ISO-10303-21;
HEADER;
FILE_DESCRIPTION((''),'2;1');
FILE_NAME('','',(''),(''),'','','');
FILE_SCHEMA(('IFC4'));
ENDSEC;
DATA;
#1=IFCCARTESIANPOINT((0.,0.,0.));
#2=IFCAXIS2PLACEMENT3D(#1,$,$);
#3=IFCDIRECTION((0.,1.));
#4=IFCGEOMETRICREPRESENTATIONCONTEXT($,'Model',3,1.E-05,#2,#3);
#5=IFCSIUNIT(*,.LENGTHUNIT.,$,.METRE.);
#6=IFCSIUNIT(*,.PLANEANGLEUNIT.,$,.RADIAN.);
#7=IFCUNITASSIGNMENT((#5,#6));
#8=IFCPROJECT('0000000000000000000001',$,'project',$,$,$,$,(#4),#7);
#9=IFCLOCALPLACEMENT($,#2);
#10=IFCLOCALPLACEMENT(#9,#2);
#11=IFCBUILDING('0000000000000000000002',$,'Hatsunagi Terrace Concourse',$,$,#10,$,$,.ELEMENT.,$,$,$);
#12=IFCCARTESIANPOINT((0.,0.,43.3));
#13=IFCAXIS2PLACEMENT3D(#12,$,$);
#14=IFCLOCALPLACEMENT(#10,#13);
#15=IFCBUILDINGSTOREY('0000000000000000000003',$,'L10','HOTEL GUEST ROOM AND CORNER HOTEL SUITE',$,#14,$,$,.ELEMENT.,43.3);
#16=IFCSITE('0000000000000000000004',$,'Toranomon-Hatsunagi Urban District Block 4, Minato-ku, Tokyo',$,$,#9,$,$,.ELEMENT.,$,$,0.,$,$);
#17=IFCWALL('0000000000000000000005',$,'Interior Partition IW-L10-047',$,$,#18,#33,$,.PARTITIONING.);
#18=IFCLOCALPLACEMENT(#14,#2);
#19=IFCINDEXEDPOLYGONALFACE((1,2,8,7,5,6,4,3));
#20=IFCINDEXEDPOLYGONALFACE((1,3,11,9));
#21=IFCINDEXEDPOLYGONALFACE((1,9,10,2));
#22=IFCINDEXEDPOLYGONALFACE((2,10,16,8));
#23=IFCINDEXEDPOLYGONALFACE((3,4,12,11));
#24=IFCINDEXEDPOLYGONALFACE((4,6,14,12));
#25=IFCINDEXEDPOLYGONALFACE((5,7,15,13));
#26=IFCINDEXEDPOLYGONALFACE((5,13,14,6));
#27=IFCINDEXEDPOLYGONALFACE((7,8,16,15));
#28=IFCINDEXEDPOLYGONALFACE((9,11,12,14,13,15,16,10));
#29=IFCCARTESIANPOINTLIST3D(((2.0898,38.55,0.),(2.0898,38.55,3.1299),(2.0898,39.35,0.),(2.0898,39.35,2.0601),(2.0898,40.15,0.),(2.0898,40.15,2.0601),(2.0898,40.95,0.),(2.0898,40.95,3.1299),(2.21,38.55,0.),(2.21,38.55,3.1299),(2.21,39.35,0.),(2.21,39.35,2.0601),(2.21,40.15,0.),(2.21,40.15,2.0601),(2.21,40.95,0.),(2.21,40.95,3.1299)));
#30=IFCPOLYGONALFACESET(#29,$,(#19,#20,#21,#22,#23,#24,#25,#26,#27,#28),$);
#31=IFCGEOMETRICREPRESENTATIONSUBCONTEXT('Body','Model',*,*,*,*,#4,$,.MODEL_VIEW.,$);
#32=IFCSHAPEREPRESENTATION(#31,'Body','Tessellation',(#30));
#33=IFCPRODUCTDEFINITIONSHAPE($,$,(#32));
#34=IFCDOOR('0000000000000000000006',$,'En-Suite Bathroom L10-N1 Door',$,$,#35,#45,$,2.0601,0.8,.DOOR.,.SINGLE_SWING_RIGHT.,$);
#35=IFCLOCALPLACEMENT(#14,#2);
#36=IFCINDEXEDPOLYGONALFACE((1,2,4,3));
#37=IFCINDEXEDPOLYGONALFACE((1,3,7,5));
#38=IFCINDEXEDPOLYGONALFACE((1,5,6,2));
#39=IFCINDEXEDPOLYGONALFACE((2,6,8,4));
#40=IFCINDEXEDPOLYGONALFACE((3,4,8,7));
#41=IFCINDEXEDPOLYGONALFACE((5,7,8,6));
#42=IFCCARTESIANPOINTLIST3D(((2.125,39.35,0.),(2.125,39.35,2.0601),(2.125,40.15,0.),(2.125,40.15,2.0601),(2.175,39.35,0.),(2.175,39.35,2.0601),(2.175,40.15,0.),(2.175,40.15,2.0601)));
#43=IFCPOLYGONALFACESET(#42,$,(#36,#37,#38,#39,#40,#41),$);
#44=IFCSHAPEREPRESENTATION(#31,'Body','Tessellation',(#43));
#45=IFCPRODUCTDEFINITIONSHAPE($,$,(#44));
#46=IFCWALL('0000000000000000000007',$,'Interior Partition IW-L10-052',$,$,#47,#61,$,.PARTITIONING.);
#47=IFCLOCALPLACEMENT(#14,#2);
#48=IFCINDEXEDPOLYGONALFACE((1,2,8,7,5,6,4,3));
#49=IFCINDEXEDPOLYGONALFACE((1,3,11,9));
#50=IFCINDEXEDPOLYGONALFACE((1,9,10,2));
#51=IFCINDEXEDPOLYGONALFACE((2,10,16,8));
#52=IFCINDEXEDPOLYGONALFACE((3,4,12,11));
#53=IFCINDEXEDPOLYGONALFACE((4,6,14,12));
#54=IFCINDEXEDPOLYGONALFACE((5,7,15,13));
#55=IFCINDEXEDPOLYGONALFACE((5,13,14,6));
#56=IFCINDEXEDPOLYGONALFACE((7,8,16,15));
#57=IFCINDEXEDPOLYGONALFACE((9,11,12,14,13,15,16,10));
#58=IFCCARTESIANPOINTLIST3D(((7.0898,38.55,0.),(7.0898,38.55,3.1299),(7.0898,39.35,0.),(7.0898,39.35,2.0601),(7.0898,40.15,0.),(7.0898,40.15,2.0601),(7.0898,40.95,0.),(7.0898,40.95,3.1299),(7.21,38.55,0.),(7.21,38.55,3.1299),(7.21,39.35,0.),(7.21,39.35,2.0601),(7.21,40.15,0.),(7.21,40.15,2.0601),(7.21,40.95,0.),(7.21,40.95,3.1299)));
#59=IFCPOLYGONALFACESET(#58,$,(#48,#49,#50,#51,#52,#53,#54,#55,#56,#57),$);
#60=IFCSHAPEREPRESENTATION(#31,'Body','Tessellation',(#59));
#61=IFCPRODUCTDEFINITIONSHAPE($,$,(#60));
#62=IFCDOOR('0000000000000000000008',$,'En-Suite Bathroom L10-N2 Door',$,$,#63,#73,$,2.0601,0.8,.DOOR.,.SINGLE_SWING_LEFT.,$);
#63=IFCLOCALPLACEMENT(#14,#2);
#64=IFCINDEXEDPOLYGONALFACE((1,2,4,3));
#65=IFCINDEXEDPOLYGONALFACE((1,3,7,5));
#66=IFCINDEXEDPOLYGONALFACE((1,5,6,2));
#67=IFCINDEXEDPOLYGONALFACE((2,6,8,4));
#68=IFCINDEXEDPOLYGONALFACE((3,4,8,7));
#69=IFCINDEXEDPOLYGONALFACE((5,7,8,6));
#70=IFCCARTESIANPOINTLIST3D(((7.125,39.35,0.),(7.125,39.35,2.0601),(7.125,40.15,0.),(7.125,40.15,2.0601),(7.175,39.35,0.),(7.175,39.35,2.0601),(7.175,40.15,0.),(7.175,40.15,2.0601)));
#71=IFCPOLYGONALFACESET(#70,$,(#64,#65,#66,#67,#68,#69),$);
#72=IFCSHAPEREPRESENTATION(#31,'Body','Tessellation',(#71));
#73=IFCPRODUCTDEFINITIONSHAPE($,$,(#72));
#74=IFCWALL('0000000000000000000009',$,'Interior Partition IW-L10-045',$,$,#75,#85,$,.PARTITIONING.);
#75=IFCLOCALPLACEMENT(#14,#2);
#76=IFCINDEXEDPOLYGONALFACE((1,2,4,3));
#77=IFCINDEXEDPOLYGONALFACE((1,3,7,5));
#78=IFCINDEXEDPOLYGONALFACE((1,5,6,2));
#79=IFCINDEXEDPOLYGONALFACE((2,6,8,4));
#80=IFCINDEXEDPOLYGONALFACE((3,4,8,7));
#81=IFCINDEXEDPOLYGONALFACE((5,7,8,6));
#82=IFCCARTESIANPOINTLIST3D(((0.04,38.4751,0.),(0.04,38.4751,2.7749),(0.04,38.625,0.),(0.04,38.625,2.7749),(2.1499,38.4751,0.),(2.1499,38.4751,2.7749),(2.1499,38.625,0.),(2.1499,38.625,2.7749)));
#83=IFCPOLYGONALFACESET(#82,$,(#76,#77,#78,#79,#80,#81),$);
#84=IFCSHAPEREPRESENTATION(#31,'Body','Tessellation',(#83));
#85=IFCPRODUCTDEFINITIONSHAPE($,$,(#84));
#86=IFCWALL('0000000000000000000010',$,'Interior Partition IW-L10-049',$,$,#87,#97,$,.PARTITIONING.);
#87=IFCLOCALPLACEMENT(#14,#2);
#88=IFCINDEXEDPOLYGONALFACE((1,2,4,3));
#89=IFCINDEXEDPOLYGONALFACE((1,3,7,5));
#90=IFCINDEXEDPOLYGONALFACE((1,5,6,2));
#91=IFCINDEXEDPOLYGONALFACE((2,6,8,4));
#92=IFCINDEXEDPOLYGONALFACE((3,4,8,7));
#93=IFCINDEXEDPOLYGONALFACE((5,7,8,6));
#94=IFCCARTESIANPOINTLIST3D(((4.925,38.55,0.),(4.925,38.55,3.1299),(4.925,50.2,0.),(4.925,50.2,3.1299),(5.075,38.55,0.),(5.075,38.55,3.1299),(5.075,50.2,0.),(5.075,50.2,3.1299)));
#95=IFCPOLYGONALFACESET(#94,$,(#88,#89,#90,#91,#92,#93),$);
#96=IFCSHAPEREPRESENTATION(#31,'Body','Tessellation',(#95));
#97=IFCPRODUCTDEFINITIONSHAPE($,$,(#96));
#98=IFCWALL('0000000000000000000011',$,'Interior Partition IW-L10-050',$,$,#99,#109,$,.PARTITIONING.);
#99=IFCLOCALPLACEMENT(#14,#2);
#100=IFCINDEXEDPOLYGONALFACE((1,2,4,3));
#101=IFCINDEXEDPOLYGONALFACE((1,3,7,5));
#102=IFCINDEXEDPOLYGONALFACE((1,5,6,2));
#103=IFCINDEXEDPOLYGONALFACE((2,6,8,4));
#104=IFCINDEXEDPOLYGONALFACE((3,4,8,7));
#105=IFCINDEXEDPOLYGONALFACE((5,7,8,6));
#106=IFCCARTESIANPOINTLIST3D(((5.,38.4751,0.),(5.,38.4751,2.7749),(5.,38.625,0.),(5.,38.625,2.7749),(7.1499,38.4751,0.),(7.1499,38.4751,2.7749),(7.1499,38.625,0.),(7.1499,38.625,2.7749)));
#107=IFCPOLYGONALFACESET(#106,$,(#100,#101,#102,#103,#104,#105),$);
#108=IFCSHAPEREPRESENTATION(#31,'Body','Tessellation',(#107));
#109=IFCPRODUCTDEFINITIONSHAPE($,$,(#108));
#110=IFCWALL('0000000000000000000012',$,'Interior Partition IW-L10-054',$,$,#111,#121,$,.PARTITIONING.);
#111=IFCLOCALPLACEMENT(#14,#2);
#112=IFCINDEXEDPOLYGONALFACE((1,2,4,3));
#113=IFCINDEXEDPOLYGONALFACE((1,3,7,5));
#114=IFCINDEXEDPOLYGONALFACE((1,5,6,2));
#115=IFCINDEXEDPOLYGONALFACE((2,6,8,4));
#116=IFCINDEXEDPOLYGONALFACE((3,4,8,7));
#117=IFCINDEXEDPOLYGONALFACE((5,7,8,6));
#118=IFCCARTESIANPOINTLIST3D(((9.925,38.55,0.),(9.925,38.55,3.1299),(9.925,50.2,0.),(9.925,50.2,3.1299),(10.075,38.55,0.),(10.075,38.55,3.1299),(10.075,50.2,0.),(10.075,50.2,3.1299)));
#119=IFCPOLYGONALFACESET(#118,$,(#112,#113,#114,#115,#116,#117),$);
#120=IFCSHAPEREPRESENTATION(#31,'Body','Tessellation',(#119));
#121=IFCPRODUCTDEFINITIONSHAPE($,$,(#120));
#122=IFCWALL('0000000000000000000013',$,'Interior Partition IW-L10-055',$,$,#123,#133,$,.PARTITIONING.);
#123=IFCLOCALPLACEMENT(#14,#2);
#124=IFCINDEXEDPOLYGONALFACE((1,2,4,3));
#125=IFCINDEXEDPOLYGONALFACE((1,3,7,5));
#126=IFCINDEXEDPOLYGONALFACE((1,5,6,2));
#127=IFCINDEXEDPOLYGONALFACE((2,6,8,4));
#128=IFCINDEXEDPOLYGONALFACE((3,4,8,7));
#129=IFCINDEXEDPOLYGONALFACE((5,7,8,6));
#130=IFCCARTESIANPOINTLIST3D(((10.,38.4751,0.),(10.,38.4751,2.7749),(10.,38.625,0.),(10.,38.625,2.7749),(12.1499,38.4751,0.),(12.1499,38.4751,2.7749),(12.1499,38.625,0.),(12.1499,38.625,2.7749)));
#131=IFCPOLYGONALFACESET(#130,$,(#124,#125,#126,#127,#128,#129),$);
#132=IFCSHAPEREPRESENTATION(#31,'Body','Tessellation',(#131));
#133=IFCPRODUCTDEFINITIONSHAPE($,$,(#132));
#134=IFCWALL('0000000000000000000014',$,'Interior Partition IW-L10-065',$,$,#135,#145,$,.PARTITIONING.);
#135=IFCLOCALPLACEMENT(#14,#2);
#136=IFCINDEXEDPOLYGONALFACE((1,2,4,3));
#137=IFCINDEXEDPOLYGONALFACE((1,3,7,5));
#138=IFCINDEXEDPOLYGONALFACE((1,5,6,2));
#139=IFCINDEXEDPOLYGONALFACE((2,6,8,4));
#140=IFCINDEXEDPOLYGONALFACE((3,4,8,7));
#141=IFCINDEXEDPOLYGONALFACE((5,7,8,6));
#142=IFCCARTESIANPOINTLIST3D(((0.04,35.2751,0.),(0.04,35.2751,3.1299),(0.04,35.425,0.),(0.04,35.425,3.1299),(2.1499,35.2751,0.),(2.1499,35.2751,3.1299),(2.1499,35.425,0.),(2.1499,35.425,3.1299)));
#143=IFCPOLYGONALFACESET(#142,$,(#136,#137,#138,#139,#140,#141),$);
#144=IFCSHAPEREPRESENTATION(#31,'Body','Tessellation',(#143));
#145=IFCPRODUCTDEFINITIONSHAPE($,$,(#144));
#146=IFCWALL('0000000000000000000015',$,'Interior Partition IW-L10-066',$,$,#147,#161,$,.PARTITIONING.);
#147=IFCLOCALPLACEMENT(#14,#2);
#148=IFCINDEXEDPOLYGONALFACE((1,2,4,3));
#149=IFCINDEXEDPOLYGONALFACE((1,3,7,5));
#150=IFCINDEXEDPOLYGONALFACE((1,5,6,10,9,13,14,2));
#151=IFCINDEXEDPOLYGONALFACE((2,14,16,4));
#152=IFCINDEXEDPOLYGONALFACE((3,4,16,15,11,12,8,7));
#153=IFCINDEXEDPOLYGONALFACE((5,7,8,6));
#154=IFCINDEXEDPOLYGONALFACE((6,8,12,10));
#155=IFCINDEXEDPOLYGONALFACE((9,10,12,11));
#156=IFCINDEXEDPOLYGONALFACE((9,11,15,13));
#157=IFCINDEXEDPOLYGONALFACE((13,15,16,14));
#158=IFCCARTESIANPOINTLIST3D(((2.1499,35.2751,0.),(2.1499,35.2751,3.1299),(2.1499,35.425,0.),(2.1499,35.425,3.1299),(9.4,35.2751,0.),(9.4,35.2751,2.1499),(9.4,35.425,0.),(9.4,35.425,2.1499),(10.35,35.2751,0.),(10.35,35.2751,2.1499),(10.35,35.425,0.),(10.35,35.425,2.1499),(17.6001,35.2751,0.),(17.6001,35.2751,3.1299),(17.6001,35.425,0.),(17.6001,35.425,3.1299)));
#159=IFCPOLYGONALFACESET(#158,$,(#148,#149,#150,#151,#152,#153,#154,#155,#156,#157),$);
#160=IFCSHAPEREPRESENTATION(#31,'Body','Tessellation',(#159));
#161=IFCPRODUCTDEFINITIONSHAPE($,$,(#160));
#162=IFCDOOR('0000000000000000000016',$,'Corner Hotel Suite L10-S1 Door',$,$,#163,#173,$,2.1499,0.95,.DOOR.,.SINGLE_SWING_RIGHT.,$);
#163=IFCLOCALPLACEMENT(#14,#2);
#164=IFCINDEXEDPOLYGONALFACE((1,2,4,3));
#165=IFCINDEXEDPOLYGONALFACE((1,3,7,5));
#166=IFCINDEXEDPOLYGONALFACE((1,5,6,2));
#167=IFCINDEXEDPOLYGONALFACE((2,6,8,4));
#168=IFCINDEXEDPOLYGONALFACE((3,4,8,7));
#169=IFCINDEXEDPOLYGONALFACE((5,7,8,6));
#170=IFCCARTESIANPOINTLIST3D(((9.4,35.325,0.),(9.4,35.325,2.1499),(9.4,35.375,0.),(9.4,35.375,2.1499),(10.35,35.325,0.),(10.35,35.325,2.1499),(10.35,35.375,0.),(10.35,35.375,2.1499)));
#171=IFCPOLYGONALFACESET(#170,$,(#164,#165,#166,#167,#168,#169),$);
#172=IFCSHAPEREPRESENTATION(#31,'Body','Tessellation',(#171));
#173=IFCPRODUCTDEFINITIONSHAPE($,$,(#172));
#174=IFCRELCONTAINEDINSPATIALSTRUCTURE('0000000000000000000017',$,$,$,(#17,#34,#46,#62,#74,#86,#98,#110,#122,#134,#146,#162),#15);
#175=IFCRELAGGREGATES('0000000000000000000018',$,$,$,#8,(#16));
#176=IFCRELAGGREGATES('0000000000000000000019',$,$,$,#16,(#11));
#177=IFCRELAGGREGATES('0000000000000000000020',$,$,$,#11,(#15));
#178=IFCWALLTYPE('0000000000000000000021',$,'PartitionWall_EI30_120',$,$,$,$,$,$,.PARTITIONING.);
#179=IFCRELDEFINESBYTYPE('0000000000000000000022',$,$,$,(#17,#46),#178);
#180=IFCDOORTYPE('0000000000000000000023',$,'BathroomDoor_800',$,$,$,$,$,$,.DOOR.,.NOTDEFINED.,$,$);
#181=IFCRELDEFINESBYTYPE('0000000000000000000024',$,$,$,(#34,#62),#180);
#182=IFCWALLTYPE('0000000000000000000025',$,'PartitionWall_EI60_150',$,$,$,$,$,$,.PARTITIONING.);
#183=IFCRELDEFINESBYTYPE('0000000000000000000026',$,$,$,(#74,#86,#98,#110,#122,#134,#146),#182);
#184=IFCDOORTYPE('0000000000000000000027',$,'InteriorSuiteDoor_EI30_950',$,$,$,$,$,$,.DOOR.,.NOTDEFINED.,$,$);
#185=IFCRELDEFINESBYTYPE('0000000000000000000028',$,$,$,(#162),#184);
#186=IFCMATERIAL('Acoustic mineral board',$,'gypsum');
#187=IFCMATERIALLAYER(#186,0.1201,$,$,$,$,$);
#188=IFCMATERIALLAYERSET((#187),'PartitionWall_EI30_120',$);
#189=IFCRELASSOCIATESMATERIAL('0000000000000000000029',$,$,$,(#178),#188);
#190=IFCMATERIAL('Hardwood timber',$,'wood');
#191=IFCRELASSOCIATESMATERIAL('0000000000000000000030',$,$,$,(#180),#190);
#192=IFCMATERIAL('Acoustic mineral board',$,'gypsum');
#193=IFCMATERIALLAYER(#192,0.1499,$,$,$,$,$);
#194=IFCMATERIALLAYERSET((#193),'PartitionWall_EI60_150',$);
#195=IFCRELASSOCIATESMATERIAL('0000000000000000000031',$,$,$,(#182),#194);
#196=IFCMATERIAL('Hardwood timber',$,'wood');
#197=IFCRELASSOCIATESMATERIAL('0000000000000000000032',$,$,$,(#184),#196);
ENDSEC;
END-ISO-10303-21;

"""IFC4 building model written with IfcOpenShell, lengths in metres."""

from ifc_helpers import new_model, si_unit, direction, frame, frame_2d, origin, place, context, subcontext, project, spatial, rectangle, extrude, material, layer, layer_set, type_object, element, fill, save


model = new_model("IFC4")

# Units and contexts
model_context = context("Model", 3, precision=1e-05, world=origin(), true_north=direction((0.0, 1.0)))
body_context = subcontext(model_context, "Body", "Model", "MODEL_VIEW")
ifc_project = project(units=[si_unit("LENGTHUNIT", "METRE"), si_unit("PLANEANGLEUNIT", "RADIAN")], contexts=[model_context])

# Site, building, storey
site_placement = place(None, origin())
site = spatial("IfcSite", under=ifc_project, at=site_placement, Name="Toranomon-Hatsunagi Urban District Block 4, Minato-ku, Tokyo", CompositionType="ELEMENT", RefElevation=0.0)
building_placement = place(site_placement, origin())
building = spatial("IfcBuilding", under=site, at=building_placement, Name="Hatsunagi Terrace Concourse", CompositionType="ELEMENT")
storey_placement = place(building_placement, frame((0.0, 0.0, 43.3)))
storey = spatial("IfcBuildingStorey", under=building, at=storey_placement, Name="L10", Description="HOTEL GUEST ROOM AND CORNER HOTEL SUITE", CompositionType="ELEMENT", Elevation=43.3)

# Walls, openings, doors
ifc_material_1 = material(Name="Acoustic mineral board", Category="gypsum")
ifc_layer_1 = layer(ifc_material_1, 0.1201)
ifc_layer_set_1 = layer_set([ifc_layer_1], Name="PartitionWall_EI30_120")
wall_type_1 = type_object("IfcWallType", Name="PartitionWall_EI30_120", PredefinedType="PARTITIONING", material=ifc_layer_set_1)
wall_1_placement = place(storey_placement, frame((2.1499, 38.55, 0.0), z_axis=(0.0, 0.0, 1.0), x_axis=(0.0, 1.0, 0.0)))
wall_1 = element("IfcWall", 1, at=wall_1_placement, inside=storey, type_object=wall_type_1, Name="Interior Partition IW-L10-047", PredefinedType="PARTITIONING", context=body_context, shape_type="SweptSolid", body=[
    extrude(rectangle(XDim=2.3999, YDim=0.1201, at=frame_2d((1.2, 0.0))), origin(), (0.0, 0.0, 1.0), 3.1299),
])
opening_1_placement = place(wall_1_placement, frame((0.8, 0.0, 0.0)))
opening_1 = element("IfcOpeningElement", 2, at=opening_1_placement, cuts=wall_1, PredefinedType="OPENING", context=body_context, shape_type="SweptSolid", body=[
    extrude(rectangle(XDim=0.8, YDim=2.0601, at=frame_2d((0.3999, 1.03))), frame((0.0, 0.0701, 0.0), z_axis=(0.0, -1.0, 0.0), x_axis=(1.0, 0.0, 0.0)), (0.0, 0.0, 1.0), 0.1401),
])
ifc_material_2 = material(Name="Hardwood timber", Category="wood")
door_type_1 = type_object("IfcDoorType", Name="BathroomDoor_800", OperationType="NOTDEFINED", PredefinedType="DOOR", material=ifc_material_2)
door_1_placement = place(opening_1_placement, origin())
door_1 = element("IfcDoor", 3, at=door_1_placement, inside=storey, type_object=door_type_1, Name="En-Suite Bathroom L10-N1 Door", OperationType="SINGLE_SWING_RIGHT", OverallHeight=2.0601, OverallWidth=0.8, PredefinedType="DOOR", context=body_context, shape_type="SweptSolid", body=[
    extrude(rectangle(XDim=0.8, YDim=2.0601, at=frame_2d((0.3999, 1.03))), frame((0.0, 0.0249, 0.0), z_axis=(0.0, -1.0, 0.0), x_axis=(1.0, 0.0, 0.0)), (0.0, 0.0, 1.0), 0.05),
])
fill(opening_1, door_1)
wall_2_placement = place(storey_placement, frame((7.1499, 38.55, 0.0), z_axis=(0.0, 0.0, 1.0), x_axis=(0.0, 1.0, 0.0)))
wall_2 = element("IfcWall", 4, at=wall_2_placement, inside=storey, type_object=wall_type_1, Name="Interior Partition IW-L10-052", PredefinedType="PARTITIONING", context=body_context, shape_type="SweptSolid", body=[
    extrude(rectangle(XDim=2.3999, YDim=0.1201, at=frame_2d((1.2, 0.0))), origin(), (0.0, 0.0, 1.0), 3.1299),
])
opening_2_placement = place(wall_2_placement, frame((0.8, 0.0, 0.0)))
opening_2 = element("IfcOpeningElement", 5, at=opening_2_placement, cuts=wall_2, PredefinedType="OPENING", context=body_context, shape_type="SweptSolid", body=[
    extrude(rectangle(XDim=0.8, YDim=2.0601, at=frame_2d((0.3999, 1.03))), frame((0.0, 0.0701, 0.0), z_axis=(0.0, -1.0, 0.0), x_axis=(1.0, 0.0, 0.0)), (0.0, 0.0, 1.0), 0.1401),
])
door_2_placement = place(opening_2_placement, origin())
door_2 = element("IfcDoor", 6, at=door_2_placement, inside=storey, type_object=door_type_1, Name="En-Suite Bathroom L10-N2 Door", OperationType="SINGLE_SWING_LEFT", OverallHeight=2.0601, OverallWidth=0.8, PredefinedType="DOOR", context=body_context, shape_type="SweptSolid", body=[
    extrude(rectangle(XDim=0.8, YDim=2.0601, at=frame_2d((0.3999, 1.03))), frame((0.0, 0.0249, 0.0), z_axis=(0.0, -1.0, 0.0), x_axis=(1.0, 0.0, 0.0)), (0.0, 0.0, 1.0), 0.05),
])
fill(opening_2, door_2)

# Wall
ifc_material_3 = material(Name="Acoustic mineral board", Category="gypsum")
ifc_layer_2 = layer(ifc_material_3, 0.1499)
ifc_layer_set_2 = layer_set([ifc_layer_2], Name="PartitionWall_EI60_150")
wall_type_2 = type_object("IfcWallType", Name="PartitionWall_EI60_150", PredefinedType="PARTITIONING", material=ifc_layer_set_2)
wall_3_placement = place(storey_placement, frame((0.04, 38.55, 0.0), z_axis=(0.0, 0.0, 1.0), x_axis=(1.0, 0.0, 0.0)))
element("IfcWall", 7, at=wall_3_placement, inside=storey, type_object=wall_type_2, Name="Interior Partition IW-L10-045", PredefinedType="PARTITIONING", context=body_context, shape_type="SweptSolid", body=[
    extrude(rectangle(XDim=2.1099, YDim=0.1499, at=frame_2d((1.0549, 0.0))), origin(), (0.0, 0.0, 1.0), 2.7749),
])

# Shared definitions
ifc_material_4 = material(Name="Hardwood timber", Category="wood")
door_type_2 = type_object("IfcDoorType", Name="InteriorSuiteDoor_EI30_950", OperationType="NOTDEFINED", PredefinedType="DOOR", material=ifc_material_4)

# Walls
wall_4_placement = place(storey_placement, frame((5.0, 38.55, 0.0), z_axis=(0.0, 0.0, 1.0), x_axis=(0.0, 1.0, 0.0)))
element("IfcWall", 8, at=wall_4_placement, inside=storey, type_object=wall_type_2, Name="Interior Partition IW-L10-049", PredefinedType="PARTITIONING", context=body_context, shape_type="SweptSolid", body=[
    extrude(rectangle(XDim=11.6499, YDim=0.1499, at=frame_2d((5.825, 0.0))), origin(), (0.0, 0.0, 1.0), 3.1299),
])
wall_5_placement = place(storey_placement, frame((5.0, 38.55, 0.0), z_axis=(0.0, 0.0, 1.0), x_axis=(1.0, 0.0, 0.0)))
element("IfcWall", 9, at=wall_5_placement, inside=storey, type_object=wall_type_2, Name="Interior Partition IW-L10-050", PredefinedType="PARTITIONING", context=body_context, shape_type="SweptSolid", body=[
    extrude(rectangle(XDim=2.1499, YDim=0.1499, at=frame_2d((1.075, 0.0))), origin(), (0.0, 0.0, 1.0), 2.7749),
])

# Walls
wall_6_placement = place(storey_placement, frame((10.0, 38.55, 0.0), z_axis=(0.0, 0.0, 1.0), x_axis=(0.0, 1.0, 0.0)))
element("IfcWall", 10, at=wall_6_placement, inside=storey, type_object=wall_type_2, Name="Interior Partition IW-L10-054", PredefinedType="PARTITIONING", context=body_context, shape_type="SweptSolid", body=[
    extrude(rectangle(XDim=11.6499, YDim=0.1499, at=frame_2d((5.825, 0.0))), origin(), (0.0, 0.0, 1.0), 3.1299),
])
wall_7_placement = place(storey_placement, frame((10.0, 38.55, 0.0), z_axis=(0.0, 0.0, 1.0), x_axis=(1.0, 0.0, 0.0)))
element("IfcWall", 11, at=wall_7_placement, inside=storey, type_object=wall_type_2, Name="Interior Partition IW-L10-055", PredefinedType="PARTITIONING", context=body_context, shape_type="SweptSolid", body=[
    extrude(rectangle(XDim=2.1499, YDim=0.1499, at=frame_2d((1.075, 0.0))), origin(), (0.0, 0.0, 1.0), 2.7749),
])
wall_8_placement = place(storey_placement, frame((0.04, 35.3501, 0.0), z_axis=(0.0, 0.0, 1.0), x_axis=(1.0, 0.0, 0.0)))
element("IfcWall", 12, at=wall_8_placement, inside=storey, type_object=wall_type_2, Name="Interior Partition IW-L10-065", PredefinedType="PARTITIONING", context=body_context, shape_type="SweptSolid", body=[
    extrude(rectangle(XDim=2.1099, YDim=0.1499, at=frame_2d((1.0549, 0.0))), origin(), (0.0, 0.0, 1.0), 3.1299),
])

# Wall, opening, door
wall_9_placement = place(storey_placement, frame((2.1499, 35.3501, 0.0), z_axis=(0.0, 0.0, 1.0), x_axis=(1.0, 0.0, 0.0)))
wall_9 = element("IfcWall", 13, at=wall_9_placement, inside=storey, type_object=wall_type_2, Name="Interior Partition IW-L10-066", PredefinedType="PARTITIONING", context=body_context, shape_type="SweptSolid", body=[
    extrude(rectangle(XDim=15.4502, YDim=0.1499, at=frame_2d((7.7251, 0.0))), origin(), (0.0, 0.0, 1.0), 3.1299),
])
opening_3_placement = place(wall_9_placement, frame((7.25, 0.0, 0.0)))
opening_3 = element("IfcOpeningElement", 14, at=opening_3_placement, cuts=wall_9, PredefinedType="OPENING", context=body_context, shape_type="SweptSolid", body=[
    extrude(rectangle(XDim=0.95, YDim=2.1499, at=frame_2d((0.4751, 1.075))), frame((0.0, 0.085, 0.0), z_axis=(0.0, -1.0, 0.0), x_axis=(1.0, 0.0, 0.0)), (0.0, 0.0, 1.0), 0.1699),
])
door_3_placement = place(opening_3_placement, origin())
door_3 = element("IfcDoor", 15, at=door_3_placement, inside=storey, type_object=door_type_2, Name="Corner Hotel Suite L10-S1 Door", OperationType="SINGLE_SWING_RIGHT", OverallHeight=2.1499, OverallWidth=0.95, PredefinedType="DOOR", context=body_context, shape_type="SweptSolid", body=[
    extrude(rectangle(XDim=0.95, YDim=2.1499, at=frame_2d((0.4751, 1.075))), frame((0.0, 0.0249, 0.0), z_axis=(0.0, -1.0, 0.0), x_axis=(1.0, 0.0, 0.0)), (0.0, 0.0, 1.0), 0.05),
])
fill(opening_3, door_3)

save(model, "model.ifc")
